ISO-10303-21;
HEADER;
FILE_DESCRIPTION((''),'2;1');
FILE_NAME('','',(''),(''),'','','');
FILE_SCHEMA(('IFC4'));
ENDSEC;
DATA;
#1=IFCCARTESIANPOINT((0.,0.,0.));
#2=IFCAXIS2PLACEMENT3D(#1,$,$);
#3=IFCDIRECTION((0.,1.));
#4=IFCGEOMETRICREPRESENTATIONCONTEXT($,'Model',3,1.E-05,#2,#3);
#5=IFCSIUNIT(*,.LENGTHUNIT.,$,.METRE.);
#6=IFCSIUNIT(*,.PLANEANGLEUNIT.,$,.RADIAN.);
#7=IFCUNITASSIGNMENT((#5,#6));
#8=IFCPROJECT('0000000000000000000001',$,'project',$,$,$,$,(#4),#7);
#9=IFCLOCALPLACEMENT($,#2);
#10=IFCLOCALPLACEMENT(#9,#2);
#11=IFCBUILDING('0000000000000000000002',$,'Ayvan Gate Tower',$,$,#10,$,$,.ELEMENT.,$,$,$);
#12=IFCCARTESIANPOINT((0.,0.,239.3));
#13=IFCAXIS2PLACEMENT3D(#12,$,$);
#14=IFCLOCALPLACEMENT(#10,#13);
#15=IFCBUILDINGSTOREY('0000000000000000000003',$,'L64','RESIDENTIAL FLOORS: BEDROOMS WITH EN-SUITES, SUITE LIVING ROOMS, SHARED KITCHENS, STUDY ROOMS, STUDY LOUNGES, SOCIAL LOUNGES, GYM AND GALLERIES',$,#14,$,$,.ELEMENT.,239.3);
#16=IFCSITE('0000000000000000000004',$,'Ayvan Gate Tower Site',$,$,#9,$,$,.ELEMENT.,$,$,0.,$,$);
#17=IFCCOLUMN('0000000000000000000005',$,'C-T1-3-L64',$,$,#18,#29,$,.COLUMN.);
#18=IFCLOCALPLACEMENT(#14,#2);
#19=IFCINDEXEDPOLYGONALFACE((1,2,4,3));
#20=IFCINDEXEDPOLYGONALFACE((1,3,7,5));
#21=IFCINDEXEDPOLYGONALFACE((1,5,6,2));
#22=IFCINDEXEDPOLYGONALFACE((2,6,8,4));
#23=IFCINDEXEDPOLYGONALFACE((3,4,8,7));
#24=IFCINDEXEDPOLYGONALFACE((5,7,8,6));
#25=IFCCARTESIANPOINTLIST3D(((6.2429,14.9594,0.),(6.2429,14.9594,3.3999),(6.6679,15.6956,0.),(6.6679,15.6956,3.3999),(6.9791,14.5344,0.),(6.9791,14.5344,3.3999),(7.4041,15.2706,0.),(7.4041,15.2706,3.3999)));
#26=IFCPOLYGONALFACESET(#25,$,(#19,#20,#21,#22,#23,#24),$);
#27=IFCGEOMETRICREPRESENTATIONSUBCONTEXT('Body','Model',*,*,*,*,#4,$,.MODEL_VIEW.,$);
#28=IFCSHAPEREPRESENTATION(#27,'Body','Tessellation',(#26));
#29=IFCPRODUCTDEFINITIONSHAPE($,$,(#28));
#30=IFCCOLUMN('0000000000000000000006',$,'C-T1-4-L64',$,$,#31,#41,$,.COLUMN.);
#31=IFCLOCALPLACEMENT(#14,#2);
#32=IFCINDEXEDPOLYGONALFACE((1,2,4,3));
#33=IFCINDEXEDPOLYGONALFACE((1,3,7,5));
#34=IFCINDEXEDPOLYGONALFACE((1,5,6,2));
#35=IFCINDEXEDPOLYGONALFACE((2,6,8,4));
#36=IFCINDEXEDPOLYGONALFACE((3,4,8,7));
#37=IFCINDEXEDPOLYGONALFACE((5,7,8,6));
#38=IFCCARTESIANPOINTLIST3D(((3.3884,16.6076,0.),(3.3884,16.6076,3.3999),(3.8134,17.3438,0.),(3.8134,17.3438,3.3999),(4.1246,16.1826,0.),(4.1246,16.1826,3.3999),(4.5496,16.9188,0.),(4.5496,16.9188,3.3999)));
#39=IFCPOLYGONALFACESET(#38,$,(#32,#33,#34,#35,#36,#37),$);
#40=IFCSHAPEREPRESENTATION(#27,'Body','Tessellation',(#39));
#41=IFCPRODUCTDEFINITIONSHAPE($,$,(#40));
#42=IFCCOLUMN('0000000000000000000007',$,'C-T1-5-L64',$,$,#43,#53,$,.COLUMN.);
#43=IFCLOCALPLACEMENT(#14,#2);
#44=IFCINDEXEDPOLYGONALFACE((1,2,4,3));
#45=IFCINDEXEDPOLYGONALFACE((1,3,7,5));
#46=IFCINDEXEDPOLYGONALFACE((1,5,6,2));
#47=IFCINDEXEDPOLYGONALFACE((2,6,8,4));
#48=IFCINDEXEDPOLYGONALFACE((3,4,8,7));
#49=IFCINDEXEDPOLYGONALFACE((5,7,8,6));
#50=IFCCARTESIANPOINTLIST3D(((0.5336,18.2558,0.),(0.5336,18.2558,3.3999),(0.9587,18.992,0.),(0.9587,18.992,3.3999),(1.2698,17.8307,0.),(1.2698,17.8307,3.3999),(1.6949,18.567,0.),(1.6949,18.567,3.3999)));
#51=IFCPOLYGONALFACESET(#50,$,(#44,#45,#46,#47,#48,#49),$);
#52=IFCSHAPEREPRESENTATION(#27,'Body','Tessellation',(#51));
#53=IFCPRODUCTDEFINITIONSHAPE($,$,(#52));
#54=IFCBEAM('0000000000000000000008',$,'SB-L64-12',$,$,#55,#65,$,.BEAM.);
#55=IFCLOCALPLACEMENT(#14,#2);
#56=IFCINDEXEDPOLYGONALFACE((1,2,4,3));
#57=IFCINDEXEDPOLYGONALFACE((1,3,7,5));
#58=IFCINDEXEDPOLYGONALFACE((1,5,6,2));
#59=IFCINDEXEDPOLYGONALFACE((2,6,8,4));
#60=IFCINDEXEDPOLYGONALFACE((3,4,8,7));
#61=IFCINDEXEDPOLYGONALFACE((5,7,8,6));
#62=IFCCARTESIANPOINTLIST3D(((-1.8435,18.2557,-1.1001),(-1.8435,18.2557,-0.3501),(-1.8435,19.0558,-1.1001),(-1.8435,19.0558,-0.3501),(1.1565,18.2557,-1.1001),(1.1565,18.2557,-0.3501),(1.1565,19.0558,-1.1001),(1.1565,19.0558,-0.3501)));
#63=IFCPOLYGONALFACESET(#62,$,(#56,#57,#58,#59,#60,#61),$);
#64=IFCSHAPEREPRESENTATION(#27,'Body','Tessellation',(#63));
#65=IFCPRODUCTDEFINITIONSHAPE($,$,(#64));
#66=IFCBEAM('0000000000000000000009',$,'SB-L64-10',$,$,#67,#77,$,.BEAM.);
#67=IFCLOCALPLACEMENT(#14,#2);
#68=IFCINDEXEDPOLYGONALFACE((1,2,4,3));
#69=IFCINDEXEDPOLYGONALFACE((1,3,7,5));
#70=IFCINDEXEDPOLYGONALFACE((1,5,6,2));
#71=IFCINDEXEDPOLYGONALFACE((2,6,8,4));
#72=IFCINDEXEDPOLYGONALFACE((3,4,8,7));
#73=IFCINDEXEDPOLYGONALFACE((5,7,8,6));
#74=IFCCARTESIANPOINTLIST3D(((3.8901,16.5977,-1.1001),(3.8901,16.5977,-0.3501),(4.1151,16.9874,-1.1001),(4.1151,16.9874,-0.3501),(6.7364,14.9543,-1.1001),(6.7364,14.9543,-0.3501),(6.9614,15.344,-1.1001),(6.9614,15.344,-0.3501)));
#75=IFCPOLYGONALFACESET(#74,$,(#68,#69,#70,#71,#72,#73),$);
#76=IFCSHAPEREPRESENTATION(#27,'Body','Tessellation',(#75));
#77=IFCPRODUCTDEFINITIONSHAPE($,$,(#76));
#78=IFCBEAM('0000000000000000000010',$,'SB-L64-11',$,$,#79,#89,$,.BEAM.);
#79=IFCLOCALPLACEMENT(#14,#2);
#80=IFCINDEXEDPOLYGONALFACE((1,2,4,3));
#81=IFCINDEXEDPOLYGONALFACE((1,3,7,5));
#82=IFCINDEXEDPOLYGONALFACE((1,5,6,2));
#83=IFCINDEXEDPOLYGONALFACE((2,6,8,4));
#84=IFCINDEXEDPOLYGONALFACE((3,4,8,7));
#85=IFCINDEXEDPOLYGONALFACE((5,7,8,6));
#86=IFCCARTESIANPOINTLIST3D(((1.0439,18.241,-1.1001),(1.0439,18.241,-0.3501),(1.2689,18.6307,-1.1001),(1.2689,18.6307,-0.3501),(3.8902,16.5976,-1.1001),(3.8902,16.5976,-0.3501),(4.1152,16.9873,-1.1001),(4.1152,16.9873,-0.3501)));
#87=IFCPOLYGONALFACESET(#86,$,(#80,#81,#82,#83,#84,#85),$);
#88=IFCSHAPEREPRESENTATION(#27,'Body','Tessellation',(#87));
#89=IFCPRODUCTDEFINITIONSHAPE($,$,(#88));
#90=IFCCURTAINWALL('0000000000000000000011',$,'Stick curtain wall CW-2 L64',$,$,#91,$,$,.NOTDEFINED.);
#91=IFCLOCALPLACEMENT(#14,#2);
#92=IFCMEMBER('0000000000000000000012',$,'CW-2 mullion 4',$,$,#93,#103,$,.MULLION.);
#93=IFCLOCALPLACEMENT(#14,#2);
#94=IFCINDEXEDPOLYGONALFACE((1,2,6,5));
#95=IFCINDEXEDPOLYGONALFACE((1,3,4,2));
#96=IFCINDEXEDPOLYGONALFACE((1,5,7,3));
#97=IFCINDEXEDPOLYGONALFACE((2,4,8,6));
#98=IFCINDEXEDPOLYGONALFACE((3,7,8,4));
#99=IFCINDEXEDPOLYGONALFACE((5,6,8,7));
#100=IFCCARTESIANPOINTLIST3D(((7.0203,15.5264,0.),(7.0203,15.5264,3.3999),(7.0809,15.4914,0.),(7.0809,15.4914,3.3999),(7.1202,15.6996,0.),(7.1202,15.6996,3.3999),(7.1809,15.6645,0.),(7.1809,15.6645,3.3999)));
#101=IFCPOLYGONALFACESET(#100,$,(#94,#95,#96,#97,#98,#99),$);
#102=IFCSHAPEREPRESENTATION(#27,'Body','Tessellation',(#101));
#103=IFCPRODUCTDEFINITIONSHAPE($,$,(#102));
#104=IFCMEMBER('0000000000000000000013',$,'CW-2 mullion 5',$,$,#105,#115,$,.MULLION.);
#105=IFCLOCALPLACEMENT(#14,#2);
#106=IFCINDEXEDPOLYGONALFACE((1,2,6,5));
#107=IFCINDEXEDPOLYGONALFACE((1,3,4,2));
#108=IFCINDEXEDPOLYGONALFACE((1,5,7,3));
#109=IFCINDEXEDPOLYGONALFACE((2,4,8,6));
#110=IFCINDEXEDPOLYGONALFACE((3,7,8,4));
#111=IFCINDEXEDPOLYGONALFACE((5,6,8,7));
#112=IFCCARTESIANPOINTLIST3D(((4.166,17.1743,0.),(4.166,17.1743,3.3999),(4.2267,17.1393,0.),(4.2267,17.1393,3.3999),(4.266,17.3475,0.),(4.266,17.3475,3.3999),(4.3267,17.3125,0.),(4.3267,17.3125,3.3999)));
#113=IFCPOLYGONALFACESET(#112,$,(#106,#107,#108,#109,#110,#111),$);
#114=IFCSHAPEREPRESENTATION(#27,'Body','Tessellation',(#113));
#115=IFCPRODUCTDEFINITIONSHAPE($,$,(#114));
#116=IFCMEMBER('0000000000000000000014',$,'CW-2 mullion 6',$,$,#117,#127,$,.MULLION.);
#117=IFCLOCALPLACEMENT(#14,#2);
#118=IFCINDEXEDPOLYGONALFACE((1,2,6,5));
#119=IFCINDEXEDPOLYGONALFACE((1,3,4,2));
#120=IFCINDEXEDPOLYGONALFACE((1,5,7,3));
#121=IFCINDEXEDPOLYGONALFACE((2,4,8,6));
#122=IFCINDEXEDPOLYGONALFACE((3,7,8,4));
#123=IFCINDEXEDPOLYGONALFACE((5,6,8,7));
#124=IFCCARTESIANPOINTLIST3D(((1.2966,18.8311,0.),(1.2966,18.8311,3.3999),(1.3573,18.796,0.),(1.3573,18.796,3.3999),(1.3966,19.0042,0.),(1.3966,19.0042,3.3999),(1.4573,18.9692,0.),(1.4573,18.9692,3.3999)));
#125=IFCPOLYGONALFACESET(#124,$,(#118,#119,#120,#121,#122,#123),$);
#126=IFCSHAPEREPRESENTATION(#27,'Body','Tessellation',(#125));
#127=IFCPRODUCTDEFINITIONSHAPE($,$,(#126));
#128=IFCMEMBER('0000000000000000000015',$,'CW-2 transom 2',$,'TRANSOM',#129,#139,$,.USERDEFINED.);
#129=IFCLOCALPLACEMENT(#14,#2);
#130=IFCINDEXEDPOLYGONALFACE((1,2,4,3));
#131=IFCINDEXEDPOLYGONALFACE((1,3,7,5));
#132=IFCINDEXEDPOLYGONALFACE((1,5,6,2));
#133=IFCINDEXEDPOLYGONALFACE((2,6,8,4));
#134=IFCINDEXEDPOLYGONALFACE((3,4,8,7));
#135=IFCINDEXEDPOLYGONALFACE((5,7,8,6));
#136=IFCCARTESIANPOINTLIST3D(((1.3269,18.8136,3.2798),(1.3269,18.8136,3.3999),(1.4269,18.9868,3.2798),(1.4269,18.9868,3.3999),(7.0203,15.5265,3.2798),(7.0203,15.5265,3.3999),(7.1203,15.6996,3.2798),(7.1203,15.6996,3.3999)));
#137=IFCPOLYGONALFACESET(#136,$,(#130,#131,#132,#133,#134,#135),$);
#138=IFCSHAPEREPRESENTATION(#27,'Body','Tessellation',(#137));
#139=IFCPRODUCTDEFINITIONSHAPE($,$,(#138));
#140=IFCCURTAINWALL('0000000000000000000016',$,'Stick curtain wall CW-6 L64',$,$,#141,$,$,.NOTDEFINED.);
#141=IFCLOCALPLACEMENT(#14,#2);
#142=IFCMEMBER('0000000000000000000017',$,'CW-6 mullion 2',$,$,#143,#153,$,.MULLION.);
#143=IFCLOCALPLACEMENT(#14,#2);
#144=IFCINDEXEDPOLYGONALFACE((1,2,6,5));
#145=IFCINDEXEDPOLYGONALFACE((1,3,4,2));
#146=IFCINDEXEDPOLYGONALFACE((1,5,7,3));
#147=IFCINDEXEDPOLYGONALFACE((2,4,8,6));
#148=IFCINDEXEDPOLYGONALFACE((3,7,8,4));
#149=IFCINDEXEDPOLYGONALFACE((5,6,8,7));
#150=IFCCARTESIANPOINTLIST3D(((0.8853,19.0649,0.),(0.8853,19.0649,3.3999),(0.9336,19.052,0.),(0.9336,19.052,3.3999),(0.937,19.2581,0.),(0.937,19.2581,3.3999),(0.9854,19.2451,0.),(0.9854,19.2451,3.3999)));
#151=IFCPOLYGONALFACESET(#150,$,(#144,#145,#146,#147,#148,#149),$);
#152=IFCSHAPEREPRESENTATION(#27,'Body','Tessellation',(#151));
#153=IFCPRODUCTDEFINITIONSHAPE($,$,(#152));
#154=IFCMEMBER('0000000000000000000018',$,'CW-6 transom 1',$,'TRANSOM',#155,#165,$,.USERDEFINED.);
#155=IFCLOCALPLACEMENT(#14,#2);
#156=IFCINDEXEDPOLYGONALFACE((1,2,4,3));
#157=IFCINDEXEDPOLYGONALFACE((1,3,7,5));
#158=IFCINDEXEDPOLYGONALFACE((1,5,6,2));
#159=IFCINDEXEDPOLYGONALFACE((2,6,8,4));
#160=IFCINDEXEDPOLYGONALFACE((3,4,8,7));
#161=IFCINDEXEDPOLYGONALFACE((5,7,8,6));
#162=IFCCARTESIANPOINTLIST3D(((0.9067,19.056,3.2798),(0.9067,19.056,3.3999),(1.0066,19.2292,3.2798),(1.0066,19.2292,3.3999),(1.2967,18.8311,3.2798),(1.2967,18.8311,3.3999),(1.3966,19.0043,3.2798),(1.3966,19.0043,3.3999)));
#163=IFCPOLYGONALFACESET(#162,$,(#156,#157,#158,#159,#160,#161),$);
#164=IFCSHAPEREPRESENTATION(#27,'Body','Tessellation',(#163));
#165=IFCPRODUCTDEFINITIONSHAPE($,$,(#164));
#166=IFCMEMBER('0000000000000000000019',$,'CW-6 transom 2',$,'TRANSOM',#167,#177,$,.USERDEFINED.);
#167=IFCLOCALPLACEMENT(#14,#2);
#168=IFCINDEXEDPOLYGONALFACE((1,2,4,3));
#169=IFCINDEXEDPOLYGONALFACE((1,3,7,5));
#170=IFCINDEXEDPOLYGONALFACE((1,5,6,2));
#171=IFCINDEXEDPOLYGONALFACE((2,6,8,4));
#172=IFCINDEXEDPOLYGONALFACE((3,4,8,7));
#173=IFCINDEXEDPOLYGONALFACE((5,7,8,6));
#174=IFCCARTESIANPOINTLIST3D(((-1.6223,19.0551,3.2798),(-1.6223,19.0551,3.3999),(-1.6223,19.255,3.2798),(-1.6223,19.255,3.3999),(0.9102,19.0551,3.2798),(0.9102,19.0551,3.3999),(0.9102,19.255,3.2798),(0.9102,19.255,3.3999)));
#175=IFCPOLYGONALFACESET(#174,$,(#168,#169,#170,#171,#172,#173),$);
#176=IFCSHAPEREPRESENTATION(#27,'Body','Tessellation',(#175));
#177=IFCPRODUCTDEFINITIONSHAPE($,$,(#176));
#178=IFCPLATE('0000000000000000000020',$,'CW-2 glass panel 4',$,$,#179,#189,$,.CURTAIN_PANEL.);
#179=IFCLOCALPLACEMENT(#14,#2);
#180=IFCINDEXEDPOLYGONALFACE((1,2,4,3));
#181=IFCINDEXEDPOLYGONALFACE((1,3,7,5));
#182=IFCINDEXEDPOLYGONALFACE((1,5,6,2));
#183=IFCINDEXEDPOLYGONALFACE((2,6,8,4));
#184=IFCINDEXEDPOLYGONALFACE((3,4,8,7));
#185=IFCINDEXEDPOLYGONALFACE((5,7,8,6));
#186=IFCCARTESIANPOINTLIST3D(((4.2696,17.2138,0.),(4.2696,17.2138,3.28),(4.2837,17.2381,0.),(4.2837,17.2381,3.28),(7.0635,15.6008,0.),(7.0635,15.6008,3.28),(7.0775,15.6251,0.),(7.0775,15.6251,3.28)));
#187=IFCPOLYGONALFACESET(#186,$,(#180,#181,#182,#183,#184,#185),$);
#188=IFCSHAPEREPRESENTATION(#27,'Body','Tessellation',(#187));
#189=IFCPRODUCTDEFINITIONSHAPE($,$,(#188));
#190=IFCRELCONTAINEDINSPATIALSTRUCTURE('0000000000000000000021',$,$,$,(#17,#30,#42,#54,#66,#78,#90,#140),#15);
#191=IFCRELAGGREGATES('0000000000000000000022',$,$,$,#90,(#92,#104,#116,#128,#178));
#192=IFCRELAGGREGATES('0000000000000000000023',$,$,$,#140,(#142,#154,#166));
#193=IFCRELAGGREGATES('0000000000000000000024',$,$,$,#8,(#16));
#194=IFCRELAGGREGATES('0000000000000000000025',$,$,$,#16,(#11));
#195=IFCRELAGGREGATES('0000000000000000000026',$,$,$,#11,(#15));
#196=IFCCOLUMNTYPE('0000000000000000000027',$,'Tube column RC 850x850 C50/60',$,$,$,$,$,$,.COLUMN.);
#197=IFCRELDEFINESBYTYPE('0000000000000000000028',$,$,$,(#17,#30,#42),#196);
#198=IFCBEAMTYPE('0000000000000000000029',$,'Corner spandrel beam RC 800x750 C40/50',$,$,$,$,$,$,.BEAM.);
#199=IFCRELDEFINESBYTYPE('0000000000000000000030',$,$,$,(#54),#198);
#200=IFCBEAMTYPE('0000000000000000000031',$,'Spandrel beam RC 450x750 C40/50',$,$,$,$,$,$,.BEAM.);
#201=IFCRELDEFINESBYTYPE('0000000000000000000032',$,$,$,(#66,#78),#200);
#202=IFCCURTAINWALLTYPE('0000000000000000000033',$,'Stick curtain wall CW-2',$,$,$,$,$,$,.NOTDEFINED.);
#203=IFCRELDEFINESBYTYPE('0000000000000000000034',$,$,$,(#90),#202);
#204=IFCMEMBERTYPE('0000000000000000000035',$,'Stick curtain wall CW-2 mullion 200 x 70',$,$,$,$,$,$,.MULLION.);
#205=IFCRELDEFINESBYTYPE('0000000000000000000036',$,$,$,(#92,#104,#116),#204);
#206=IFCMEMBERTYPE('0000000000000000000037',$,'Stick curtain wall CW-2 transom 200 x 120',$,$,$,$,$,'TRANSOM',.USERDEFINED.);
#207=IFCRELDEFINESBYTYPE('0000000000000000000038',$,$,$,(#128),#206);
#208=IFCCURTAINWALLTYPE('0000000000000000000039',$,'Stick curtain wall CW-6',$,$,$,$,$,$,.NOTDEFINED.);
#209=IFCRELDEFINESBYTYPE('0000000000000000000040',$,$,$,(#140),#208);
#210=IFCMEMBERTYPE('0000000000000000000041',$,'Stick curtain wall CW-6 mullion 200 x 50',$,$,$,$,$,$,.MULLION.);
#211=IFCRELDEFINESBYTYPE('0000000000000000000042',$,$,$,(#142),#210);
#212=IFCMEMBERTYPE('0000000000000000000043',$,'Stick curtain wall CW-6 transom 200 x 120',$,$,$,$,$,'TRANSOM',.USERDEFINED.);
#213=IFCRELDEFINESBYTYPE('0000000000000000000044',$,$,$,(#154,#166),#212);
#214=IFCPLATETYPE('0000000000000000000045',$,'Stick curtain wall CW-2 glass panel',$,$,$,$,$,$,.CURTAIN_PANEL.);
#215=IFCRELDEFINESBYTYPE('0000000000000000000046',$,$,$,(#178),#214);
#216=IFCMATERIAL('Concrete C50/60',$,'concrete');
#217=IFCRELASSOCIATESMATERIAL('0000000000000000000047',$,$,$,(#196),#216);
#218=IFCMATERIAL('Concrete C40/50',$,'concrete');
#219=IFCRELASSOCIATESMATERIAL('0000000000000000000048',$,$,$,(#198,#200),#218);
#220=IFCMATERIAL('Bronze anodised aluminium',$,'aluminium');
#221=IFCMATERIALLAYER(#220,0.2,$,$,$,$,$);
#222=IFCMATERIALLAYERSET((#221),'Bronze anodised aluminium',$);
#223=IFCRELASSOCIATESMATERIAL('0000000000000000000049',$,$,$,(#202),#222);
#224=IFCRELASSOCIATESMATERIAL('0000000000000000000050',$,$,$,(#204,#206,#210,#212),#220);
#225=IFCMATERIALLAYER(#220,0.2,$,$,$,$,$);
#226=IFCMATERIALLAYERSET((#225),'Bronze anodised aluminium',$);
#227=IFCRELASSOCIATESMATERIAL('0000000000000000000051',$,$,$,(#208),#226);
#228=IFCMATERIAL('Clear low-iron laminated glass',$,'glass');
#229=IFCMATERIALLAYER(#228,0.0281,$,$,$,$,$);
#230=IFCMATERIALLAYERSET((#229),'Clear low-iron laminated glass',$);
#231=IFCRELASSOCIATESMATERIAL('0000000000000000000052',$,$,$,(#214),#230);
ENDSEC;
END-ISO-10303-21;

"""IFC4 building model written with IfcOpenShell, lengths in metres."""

from ifc_helpers import new_model, si_unit, direction, frame, origin, origin_2d, place, context, subcontext, project, spatial, rectangle, extrude, material, layer, layer_set, material_profile, profile_set, type_object, element, aggregate, save


model = new_model("IFC4")

# Units and contexts
model_context = context("Model", 3, precision=1e-05, world=origin(), true_north=direction((0.0, 1.0)))
body_context = subcontext(model_context, "Body", "Model", "MODEL_VIEW")
ifc_project = project(units=[si_unit("LENGTHUNIT", "METRE"), si_unit("PLANEANGLEUNIT", "RADIAN")], contexts=[model_context])

# Site, building, storey
site_placement = place(None, origin())
site = spatial("IfcSite", under=ifc_project, at=site_placement, Name="Ayvan Gate Tower Site", CompositionType="ELEMENT", RefElevation=0.0)
building_placement = place(site_placement, origin())
building = spatial("IfcBuilding", under=site, at=building_placement, Name="Ayvan Gate Tower", CompositionType="ELEMENT")
storey_placement = place(building_placement, frame((0.0, 0.0, 239.3)))
storey = spatial("IfcBuildingStorey", under=building, at=storey_placement, Name="L64", Description="RESIDENTIAL FLOORS: BEDROOMS WITH EN-SUITES, SUITE LIVING ROOMS, SHARED KITCHENS, STUDY ROOMS, STUDY LOUNGES, SOCIAL LOUNGES, GYM AND GALLERIES", CompositionType="ELEMENT", Elevation=239.3)

# Columns
ifc_material_1 = material(Name="Concrete C50/60", Category="concrete")
ifc_material_profile_1 = material_profile(ifc_material_1, rectangle(XDim=0.8501, YDim=0.8501, at=origin_2d()), Name="RC 850x850")
ifc_profile_set_1 = profile_set([ifc_material_profile_1], Name="Concrete C50/60")
column_type = type_object("IfcColumnType", Name="Tube column RC 850x850 C50/60", PredefinedType="COLUMN", material=ifc_profile_set_1)
for number, where, z_axis, x_axis, name in (
    (1, (6.8235, 15.115, 0.0), (0.0, 0.0, 1.0), (0.5, 0.866025, 0.0), "C-T1-3-L64"),
    (2, (3.969, 16.7632, 0.0), (0.0, 0.0, 1.0), (0.5, 0.866025, 0.0), "C-T1-4-L64"),
    (3, (1.1143, 18.4114, 0.0), (0.0, 0.0, 1.0), (0.5, 0.866025, 0.0), "C-T1-5-L64"),
):
    element("IfcColumn", number, at=place(storey_placement, frame(where, z_axis=z_axis, x_axis=x_axis)), inside=storey, type_object=column_type, Name=name, PredefinedType="COLUMN", context=body_context, shape_type="SweptSolid", body=[
        extrude(rectangle(XDim=0.8501, YDim=0.8501, at=origin_2d()), origin(), (0.0, 0.0, 1.0), 3.3999),
    ])

# Beams
ifc_material_2 = material(Name="Concrete C40/50", Category="concrete")
ifc_material_profile_2 = material_profile(ifc_material_2, rectangle(XDim=0.8, YDim=0.75, at=origin_2d()), Name="RC 800x750")
ifc_profile_set_2 = profile_set([ifc_material_profile_2], Name="Concrete C40/50")
beam_type_1 = type_object("IfcBeamType", Name="Corner spandrel beam RC 800x750 C40/50", PredefinedType="BEAM", material=ifc_profile_set_2)
beam_placement = place(storey_placement, frame((1.1565, 18.6558, -0.7251), z_axis=(-1.0, 0.0, 0.0), x_axis=(0.0, -1.0, 0.0)))
element("IfcBeam", 4, at=beam_placement, inside=storey, type_object=beam_type_1, Name="SB-L64-12", PredefinedType="BEAM", context=body_context, shape_type="SweptSolid", body=[
    extrude(rectangle(XDim=0.8, YDim=0.75, at=origin_2d()), origin(), (0.0, 0.0, 1.0), 3.0),
])
ifc_material_profile_3 = material_profile(ifc_material_2, rectangle(XDim=0.45, YDim=0.75, at=origin_2d()), Name="RC 450x750")
ifc_profile_set_3 = profile_set([ifc_material_profile_3], Name="Concrete C40/50")
beam_type_2 = type_object("IfcBeamType", Name="Spandrel beam RC 450x750 C40/50", PredefinedType="BEAM", material=ifc_profile_set_3)
for number, where, z_axis, x_axis, name in (
    (5, (6.8489, 15.1492, -0.7251), (-0.866017, 0.500014, 0.0), (-0.500014, -0.866017, 0.0), "SB-L64-10"),
    (6, (4.0027, 16.7925, -0.7251), (-0.866017, 0.500014, 0.0), (-0.500014, -0.866017, 0.0), "SB-L64-11"),
):
    element("IfcBeam", number, at=place(storey_placement, frame(where, z_axis=z_axis, x_axis=x_axis)), inside=storey, type_object=beam_type_2, Name=name, PredefinedType="BEAM", context=body_context, shape_type="SweptSolid", body=[
        extrude(rectangle(XDim=0.45, YDim=0.75, at=origin_2d()), origin(), (0.0, 0.0, 1.0), 3.2866),
    ])

# Curtain walls, members
ifc_material_3 = material(Name="Bronze anodised aluminium", Category="aluminium")
ifc_layer_1 = layer(ifc_material_3, 0.2)
ifc_layer_set_1 = layer_set([ifc_layer_1], Name="Bronze anodised aluminium")
curtain_wall_type_1 = type_object("IfcCurtainWallType", Name="Stick curtain wall CW-2", PredefinedType="NOTDEFINED", material=ifc_layer_set_1)
curtain_wall_1_placement = place(storey_placement, origin())
curtain_wall_1 = element("IfcCurtainWall", 7, at=curtain_wall_1_placement, inside=storey, type_object=curtain_wall_type_1, Name="Stick curtain wall CW-2 L64", PredefinedType="NOTDEFINED")
ifc_material_profile_4 = material_profile(ifc_material_3, rectangle(XDim=0.2, YDim=0.0701, at=origin_2d()), Name="Stick curtain wall CW-2 mullion 200 x 70")
ifc_profile_set_4 = profile_set([ifc_material_profile_4], Name="Bronze anodised aluminium")
member_type_1 = type_object("IfcMemberType", Name="Stick curtain wall CW-2 mullion 200 x 70", PredefinedType="MULLION", material=ifc_profile_set_4)
member_1_placement = place(storey_placement, frame((7.1006, 15.5955, 0.0), z_axis=(0.0, 0.0, 1.0), x_axis=(0.5, 0.866025, 0.0)))
member_1 = element("IfcMember", 8, at=member_1_placement, type_object=member_type_1, Name="CW-2 mullion 4", PredefinedType="MULLION", context=body_context, shape_type="SweptSolid", body=[
    extrude(rectangle(XDim=0.2, YDim=0.0701, at=origin_2d()), origin(), (0.0, 0.0, 1.0), 3.3999),
])
member_2_placement = place(storey_placement, frame((4.2463, 17.2434, 0.0), z_axis=(0.0, 0.0, 1.0), x_axis=(0.5, 0.866025, 0.0)))
member_2 = element("IfcMember", 9, at=member_2_placement, type_object=member_type_1, Name="CW-2 mullion 5", PredefinedType="MULLION", context=body_context, shape_type="SweptSolid", body=[
    extrude(rectangle(XDim=0.2, YDim=0.0701, at=origin_2d()), origin(), (0.0, 0.0, 1.0), 3.3999),
])
member_3_placement = place(storey_placement, frame((1.377, 18.9001, 0.0), z_axis=(0.0, 0.0, 1.0), x_axis=(0.5, 0.866025, 0.0)))
member_3 = element("IfcMember", 10, at=member_3_placement, type_object=member_type_1, Name="CW-2 mullion 6", PredefinedType="MULLION", context=body_context, shape_type="SweptSolid", body=[
    extrude(rectangle(XDim=0.2, YDim=0.0701, at=origin_2d()), origin(), (0.0, 0.0, 1.0), 3.3999),
])
ifc_material_profile_5 = material_profile(ifc_material_3, rectangle(XDim=0.2, YDim=0.1201, at=origin_2d()), Name="Stick curtain wall CW-2 transom 200 x 120")
ifc_profile_set_5 = profile_set([ifc_material_profile_5], Name="Bronze anodised aluminium")
member_type_2 = type_object("IfcMemberType", Name="Stick curtain wall CW-2 transom 200 x 120", ElementType="TRANSOM", PredefinedType="USERDEFINED", material=ifc_profile_set_5)
member_4_placement = place(storey_placement, frame((7.0703, 15.613, 3.3398), z_axis=(-0.866022, 0.500005, 0.0), x_axis=(-0.500005, -0.866022, 0.0)))
member_4 = element("IfcMember", 11, at=member_4_placement, type_object=member_type_2, Name="CW-2 transom 2", ObjectType="TRANSOM", PredefinedType="USERDEFINED", context=body_context, shape_type="SweptSolid", body=[
    extrude(rectangle(XDim=0.2, YDim=0.1201, at=origin_2d()), origin(), (0.0, 0.0, 1.0), 6.5742),
])
ifc_layer_2 = layer(ifc_material_3, 0.2)
ifc_layer_set_2 = layer_set([ifc_layer_2], Name="Bronze anodised aluminium")
curtain_wall_type_2 = type_object("IfcCurtainWallType", Name="Stick curtain wall CW-6", PredefinedType="NOTDEFINED", material=ifc_layer_set_2)
curtain_wall_2_placement = place(storey_placement, origin())
curtain_wall_2 = element("IfcCurtainWall", 12, at=curtain_wall_2_placement, inside=storey, type_object=curtain_wall_type_2, Name="Stick curtain wall CW-6 L64", PredefinedType="NOTDEFINED")
ifc_material_profile_6 = material_profile(ifc_material_3, rectangle(XDim=0.2, YDim=0.05, at=origin_2d()), Name="Stick curtain wall CW-6 mullion 200 x 50")
ifc_profile_set_6 = profile_set([ifc_material_profile_6], Name="Bronze anodised aluminium")
member_type_3 = type_object("IfcMemberType", Name="Stick curtain wall CW-6 mullion 200 x 50", PredefinedType="MULLION", material=ifc_profile_set_6)
member_5_placement = place(storey_placement, frame((0.9353, 19.155, 0.0), z_axis=(0.0, 0.0, 1.0), x_axis=(0.258819, 0.965926, 0.0)))
member_5 = element("IfcMember", 13, at=member_5_placement, type_object=member_type_3, Name="CW-6 mullion 2", PredefinedType="MULLION", context=body_context, shape_type="SweptSolid", body=[
    extrude(rectangle(XDim=0.2, YDim=0.05, at=origin_2d()), origin(), (0.0, 0.0, 1.0), 3.3999),
])
ifc_material_profile_7 = material_profile(ifc_material_3, rectangle(XDim=0.2, YDim=0.1201, at=origin_2d()), Name="Stick curtain wall CW-6 transom 200 x 120")
ifc_profile_set_7 = profile_set([ifc_material_profile_7], Name="Bronze anodised aluminium")
member_type_4 = type_object("IfcMemberType", Name="Stick curtain wall CW-6 transom 200 x 120", ElementType="TRANSOM", PredefinedType="USERDEFINED", material=ifc_profile_set_7)
member_6_placement = place(storey_placement, frame((1.3467, 18.9177, 3.3398), z_axis=(-0.866267, 0.499582, 0.0), x_axis=(-0.499582, -0.866267, 0.0)))
member_6 = element("IfcMember", 14, at=member_6_placement, type_object=member_type_4, Name="CW-6 transom 1", ObjectType="TRANSOM", PredefinedType="USERDEFINED", context=body_context, shape_type="SweptSolid", body=[
    extrude(rectangle(XDim=0.2, YDim=0.1201, at=origin_2d()), origin(), (0.0, 0.0, 1.0), 0.4502),
])
member_7_placement = place(storey_placement, frame((0.9102, 19.155, 3.3398), z_axis=(-1.0, 0.0, 0.0), x_axis=(0.0, -1.0, 0.0)))
member_7 = element("IfcMember", 15, at=member_7_placement, type_object=member_type_4, Name="CW-6 transom 2", ObjectType="TRANSOM", PredefinedType="USERDEFINED", context=body_context, shape_type="SweptSolid", body=[
    extrude(rectangle(XDim=0.2, YDim=0.1201, at=origin_2d()), origin(), (0.0, 0.0, 1.0), 2.5325),
])

# Plate
ifc_material_4 = material(Name="Clear low-iron laminated glass", Category="glass")
ifc_layer_3 = layer(ifc_material_4, 0.0281)
ifc_layer_set_3 = layer_set([ifc_layer_3], Name="Clear low-iron laminated glass")
plate_type_1 = type_object("IfcPlateType", Name="Stick curtain wall CW-2 glass panel", PredefinedType="CURTAIN_PANEL", material=ifc_layer_set_3)
plate_1_placement = place(storey_placement, frame((5.6736, 16.4194, 0.0), z_axis=(0.0, 0.0, 1.0), x_axis=(-0.866025, 0.5, 0.0)))
plate_1 = element("IfcPlate", 16, at=plate_1_placement, type_object=plate_type_1, Name="CW-2 glass panel 4", PredefinedType="CURTAIN_PANEL", context=body_context, shape_type="SweptSolid", body=[
    extrude(rectangle(XDim=3.2261, YDim=0.0281, at=origin_2d()), origin(), (0.0, 0.0, 1.0), 3.28),
])
aggregate(curtain_wall_1, [member_1, member_2, member_3, member_4, plate_1])
aggregate(curtain_wall_2, [member_5, member_6, member_7])

save(model, "model.ifc")
